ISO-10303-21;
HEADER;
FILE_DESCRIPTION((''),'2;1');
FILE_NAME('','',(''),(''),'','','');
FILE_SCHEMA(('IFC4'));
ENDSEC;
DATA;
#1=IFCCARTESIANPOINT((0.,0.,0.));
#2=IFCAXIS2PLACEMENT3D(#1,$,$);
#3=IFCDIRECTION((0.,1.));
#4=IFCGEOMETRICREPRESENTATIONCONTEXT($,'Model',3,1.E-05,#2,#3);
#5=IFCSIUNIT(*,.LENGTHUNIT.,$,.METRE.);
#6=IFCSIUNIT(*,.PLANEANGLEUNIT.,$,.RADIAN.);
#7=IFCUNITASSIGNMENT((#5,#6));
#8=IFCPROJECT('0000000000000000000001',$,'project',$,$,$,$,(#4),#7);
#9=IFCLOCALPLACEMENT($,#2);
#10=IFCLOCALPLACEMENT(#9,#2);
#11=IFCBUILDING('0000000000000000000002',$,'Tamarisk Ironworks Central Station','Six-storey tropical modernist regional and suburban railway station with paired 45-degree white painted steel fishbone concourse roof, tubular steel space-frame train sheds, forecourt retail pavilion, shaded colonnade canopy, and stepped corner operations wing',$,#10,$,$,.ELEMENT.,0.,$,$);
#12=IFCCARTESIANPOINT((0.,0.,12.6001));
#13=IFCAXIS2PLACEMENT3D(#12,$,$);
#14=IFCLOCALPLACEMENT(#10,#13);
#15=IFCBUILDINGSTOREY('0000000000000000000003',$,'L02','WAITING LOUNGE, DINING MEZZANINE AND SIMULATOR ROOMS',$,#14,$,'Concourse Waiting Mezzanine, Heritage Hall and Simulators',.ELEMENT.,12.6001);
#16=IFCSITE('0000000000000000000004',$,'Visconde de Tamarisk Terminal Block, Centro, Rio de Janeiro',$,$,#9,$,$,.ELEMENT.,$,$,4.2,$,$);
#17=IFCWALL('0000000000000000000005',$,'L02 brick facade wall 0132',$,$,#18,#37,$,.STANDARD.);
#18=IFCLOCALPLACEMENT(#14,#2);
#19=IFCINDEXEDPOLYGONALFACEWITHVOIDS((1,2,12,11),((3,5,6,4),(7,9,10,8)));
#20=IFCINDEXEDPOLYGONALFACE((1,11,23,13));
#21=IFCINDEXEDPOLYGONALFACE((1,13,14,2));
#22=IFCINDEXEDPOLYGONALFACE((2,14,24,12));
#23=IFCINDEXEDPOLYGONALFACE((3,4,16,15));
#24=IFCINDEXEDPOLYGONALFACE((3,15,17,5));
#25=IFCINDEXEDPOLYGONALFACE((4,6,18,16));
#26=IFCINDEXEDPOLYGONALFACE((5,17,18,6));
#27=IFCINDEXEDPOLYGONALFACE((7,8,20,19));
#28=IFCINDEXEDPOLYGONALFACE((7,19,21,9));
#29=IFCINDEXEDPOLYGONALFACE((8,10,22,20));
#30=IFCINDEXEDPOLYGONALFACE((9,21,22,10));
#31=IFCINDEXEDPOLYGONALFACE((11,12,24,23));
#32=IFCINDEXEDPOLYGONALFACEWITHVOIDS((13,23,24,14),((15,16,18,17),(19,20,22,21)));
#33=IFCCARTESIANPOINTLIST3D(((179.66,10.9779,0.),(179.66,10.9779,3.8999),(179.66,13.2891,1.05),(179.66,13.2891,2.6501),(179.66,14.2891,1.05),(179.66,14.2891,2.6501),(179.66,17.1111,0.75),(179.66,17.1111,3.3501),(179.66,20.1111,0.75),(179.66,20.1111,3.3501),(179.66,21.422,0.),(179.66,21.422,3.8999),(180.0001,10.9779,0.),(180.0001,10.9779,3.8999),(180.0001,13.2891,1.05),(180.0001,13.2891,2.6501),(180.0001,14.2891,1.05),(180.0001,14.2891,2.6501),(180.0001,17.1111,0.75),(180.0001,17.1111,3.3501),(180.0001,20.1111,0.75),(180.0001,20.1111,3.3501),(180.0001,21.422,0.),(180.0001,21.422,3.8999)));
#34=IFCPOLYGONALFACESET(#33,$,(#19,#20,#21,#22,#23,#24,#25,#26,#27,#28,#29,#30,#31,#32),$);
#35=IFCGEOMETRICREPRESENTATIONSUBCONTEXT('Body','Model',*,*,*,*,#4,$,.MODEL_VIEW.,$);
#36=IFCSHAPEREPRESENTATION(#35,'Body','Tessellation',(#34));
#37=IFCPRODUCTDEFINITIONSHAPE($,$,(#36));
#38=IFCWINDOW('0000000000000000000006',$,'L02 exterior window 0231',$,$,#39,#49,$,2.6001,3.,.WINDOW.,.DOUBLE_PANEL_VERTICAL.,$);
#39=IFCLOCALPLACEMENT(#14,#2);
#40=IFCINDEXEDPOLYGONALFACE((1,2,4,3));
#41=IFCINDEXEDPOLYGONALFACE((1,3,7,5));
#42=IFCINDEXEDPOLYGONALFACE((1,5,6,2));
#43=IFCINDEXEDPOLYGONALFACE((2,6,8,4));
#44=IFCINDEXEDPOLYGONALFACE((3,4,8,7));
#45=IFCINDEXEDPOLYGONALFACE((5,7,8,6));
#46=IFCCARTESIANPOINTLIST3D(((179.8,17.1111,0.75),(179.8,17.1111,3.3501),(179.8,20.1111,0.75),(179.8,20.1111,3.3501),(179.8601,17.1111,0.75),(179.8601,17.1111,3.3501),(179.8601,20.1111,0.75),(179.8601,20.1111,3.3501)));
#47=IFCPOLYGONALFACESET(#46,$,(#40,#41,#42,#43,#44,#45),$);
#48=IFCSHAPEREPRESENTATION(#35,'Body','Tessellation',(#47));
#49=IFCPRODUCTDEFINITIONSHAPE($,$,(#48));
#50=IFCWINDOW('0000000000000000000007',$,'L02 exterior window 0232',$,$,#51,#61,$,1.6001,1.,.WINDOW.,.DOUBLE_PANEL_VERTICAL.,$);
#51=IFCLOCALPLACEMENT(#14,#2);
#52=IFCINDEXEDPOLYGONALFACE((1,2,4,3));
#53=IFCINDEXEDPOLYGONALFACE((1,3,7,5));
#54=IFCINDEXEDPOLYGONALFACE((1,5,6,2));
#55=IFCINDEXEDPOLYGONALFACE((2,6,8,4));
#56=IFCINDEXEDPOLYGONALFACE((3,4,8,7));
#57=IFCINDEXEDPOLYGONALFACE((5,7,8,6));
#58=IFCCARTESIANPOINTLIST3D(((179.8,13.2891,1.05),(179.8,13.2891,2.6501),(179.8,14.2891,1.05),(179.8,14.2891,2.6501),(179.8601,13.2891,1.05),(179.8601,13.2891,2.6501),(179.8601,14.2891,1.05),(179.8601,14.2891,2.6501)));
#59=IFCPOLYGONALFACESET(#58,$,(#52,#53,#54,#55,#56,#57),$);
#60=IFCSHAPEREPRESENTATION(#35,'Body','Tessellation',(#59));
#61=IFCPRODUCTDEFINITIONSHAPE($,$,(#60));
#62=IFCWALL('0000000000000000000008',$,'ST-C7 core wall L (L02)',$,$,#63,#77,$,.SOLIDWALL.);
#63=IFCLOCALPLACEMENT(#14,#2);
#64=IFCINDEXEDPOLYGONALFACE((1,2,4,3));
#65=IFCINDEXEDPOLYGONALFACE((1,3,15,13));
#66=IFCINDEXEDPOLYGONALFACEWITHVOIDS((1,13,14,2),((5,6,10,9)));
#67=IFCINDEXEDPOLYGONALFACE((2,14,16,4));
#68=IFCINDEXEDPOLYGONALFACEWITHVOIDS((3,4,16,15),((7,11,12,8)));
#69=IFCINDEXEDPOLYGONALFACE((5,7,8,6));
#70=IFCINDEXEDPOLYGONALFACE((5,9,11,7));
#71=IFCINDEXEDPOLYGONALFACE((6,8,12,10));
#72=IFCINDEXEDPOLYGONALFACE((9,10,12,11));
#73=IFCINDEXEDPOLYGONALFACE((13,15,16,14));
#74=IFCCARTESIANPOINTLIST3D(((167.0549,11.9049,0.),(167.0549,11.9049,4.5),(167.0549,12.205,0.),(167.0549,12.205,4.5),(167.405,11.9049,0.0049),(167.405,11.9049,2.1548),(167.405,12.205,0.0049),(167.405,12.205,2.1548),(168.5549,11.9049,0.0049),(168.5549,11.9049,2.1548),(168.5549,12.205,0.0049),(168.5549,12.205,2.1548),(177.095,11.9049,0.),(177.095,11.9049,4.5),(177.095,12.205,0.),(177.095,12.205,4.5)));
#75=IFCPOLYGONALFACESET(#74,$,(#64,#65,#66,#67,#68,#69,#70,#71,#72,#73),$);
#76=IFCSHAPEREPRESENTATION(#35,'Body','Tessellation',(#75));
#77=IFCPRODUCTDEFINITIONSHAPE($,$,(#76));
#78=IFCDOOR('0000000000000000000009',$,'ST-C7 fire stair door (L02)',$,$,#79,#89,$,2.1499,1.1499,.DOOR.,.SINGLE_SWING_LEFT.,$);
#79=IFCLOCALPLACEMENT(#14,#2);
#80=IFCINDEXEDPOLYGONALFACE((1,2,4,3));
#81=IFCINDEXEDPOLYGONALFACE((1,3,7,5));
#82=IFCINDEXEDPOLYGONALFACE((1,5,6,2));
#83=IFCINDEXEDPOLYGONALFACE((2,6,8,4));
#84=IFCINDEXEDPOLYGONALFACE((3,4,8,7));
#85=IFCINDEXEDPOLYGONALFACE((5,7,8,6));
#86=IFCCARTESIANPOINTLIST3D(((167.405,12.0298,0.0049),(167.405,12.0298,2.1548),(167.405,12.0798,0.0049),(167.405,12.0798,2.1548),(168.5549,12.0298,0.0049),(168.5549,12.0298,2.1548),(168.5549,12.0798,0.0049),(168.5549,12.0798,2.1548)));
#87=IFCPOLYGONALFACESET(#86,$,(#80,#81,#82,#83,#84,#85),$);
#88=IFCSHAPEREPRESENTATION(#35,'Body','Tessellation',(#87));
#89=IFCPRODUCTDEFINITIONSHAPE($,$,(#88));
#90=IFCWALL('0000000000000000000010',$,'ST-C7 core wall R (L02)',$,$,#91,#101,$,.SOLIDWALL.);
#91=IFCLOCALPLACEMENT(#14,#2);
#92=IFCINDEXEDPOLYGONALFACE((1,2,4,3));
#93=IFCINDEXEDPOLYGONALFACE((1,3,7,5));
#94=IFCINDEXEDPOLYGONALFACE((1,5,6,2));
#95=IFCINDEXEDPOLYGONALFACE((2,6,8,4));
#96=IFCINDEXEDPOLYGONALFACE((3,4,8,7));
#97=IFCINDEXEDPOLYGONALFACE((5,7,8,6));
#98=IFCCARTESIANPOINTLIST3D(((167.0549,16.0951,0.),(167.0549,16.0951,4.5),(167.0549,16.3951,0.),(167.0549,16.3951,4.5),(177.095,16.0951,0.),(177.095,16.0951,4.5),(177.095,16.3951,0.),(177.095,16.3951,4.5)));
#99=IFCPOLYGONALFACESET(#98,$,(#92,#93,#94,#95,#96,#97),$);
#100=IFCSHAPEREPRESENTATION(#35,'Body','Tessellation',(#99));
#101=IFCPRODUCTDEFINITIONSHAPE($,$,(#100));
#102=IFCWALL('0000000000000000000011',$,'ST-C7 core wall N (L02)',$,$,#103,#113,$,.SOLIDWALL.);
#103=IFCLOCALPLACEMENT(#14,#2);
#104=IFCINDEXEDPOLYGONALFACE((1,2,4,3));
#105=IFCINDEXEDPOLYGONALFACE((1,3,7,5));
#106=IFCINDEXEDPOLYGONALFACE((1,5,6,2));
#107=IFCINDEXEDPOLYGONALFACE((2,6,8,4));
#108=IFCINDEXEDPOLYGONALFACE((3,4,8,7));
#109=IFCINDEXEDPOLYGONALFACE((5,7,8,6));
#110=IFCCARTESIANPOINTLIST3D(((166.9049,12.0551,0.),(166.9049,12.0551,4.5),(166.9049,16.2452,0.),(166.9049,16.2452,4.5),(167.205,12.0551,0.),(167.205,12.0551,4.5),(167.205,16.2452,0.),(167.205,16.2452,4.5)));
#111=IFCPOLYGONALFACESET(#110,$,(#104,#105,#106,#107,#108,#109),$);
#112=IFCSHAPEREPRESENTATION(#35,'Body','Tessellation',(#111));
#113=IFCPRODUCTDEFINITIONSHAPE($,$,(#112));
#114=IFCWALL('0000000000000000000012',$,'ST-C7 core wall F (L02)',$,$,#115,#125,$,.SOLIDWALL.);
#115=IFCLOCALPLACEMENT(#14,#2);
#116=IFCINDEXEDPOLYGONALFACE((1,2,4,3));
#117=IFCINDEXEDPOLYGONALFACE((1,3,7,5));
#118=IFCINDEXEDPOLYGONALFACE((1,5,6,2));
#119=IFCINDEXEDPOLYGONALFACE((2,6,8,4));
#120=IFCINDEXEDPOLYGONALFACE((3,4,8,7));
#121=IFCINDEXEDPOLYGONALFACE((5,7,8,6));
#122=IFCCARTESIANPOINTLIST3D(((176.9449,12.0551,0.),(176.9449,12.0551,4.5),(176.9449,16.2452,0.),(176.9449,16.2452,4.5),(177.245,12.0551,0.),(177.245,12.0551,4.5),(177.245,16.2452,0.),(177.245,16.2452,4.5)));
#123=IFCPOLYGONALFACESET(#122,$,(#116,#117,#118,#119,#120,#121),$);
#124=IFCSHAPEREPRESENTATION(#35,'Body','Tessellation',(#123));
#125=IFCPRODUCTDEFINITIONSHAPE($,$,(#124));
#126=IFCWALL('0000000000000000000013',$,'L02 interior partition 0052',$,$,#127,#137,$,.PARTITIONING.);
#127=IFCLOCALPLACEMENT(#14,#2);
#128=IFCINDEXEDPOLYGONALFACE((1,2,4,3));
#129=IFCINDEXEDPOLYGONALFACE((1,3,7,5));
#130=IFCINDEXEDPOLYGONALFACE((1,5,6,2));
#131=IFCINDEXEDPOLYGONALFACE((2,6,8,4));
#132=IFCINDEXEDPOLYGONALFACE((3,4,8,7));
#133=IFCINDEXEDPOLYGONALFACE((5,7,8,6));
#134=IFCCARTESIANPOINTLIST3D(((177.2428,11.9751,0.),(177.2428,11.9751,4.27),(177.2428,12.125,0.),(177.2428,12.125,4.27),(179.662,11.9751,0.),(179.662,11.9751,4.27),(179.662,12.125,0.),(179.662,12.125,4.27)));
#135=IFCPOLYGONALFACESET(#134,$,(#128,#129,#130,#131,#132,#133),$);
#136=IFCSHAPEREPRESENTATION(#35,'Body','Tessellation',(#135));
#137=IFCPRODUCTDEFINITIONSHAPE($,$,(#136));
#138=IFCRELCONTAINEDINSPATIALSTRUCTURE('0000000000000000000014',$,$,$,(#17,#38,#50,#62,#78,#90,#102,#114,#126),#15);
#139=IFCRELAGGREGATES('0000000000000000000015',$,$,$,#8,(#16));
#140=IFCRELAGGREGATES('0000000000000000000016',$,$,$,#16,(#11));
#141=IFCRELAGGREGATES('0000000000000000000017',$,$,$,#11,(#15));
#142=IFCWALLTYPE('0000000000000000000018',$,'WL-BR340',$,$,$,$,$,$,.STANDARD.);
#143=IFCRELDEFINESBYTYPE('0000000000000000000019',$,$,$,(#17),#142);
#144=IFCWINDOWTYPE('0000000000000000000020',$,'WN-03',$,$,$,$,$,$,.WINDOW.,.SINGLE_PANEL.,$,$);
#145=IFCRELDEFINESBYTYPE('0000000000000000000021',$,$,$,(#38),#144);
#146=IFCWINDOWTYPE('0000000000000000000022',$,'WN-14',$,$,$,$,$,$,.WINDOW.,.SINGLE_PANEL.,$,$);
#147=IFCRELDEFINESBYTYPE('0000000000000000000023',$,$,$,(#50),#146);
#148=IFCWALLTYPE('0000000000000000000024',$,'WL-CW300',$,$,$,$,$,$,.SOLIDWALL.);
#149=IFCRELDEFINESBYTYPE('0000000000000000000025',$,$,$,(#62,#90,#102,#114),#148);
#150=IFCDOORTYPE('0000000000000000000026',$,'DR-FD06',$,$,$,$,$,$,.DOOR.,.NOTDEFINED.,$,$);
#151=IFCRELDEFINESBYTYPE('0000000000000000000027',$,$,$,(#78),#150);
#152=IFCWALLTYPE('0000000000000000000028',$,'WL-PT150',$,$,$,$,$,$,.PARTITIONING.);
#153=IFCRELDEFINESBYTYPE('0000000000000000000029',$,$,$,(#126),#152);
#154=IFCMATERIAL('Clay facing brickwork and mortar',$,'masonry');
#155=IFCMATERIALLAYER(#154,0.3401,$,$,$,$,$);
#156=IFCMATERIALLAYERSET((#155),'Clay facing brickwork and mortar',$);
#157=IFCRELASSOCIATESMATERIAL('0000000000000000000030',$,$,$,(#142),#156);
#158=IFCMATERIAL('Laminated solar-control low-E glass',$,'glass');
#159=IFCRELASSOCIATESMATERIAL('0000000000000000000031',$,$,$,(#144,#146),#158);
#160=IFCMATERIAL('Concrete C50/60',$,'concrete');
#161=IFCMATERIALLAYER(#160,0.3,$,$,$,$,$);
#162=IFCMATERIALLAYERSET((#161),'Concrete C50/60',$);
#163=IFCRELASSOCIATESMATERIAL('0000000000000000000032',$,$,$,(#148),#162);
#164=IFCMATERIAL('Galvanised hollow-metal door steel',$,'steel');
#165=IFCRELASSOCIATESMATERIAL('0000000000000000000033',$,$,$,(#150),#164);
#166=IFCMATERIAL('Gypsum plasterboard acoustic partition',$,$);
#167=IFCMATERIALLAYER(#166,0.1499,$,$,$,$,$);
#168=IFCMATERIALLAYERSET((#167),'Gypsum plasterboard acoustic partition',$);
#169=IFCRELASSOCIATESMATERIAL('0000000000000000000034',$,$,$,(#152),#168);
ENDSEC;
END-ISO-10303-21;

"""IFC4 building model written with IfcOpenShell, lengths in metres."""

from ifc_helpers import new_model, si_unit, direction, frame, frame_2d, origin, place, context, subcontext, project, spatial, rectangle, extrude, material, layer, layer_set, type_object, element, fill, save


model = new_model("IFC4")

# Units and contexts
model_context = context("Model", 3, precision=1e-05, world=origin(), true_north=direction((0.0, 1.0)))
body_context = subcontext(model_context, "Body", "Model", "MODEL_VIEW")
ifc_project = project(units=[si_unit("LENGTHUNIT", "METRE"), si_unit("PLANEANGLEUNIT", "RADIAN")], contexts=[model_context])

# Site, building, storey
site_placement = place(None, origin())
site = spatial("IfcSite", under=ifc_project, at=site_placement, Name="Visconde de Tamarisk Terminal Block, Centro, Rio de Janeiro", CompositionType="ELEMENT", RefElevation=4.2)
building_placement = place(site_placement, origin())
building = spatial("IfcBuilding", under=site, at=building_placement, Name="Tamarisk Ironworks Central Station", Description="Six-storey tropical modernist regional and suburban railway station with paired 45-degree white painted steel fishbone concourse roof, tubular steel space-frame train sheds, forecourt retail pavilion, shaded colonnade canopy, and stepped corner operations wing", CompositionType="ELEMENT", ElevationOfRefHeight=0.0)
storey_placement = place(building_placement, frame((0.0, 0.0, 12.6001)))
storey = spatial("IfcBuildingStorey", under=building, at=storey_placement, Name="L02", Description="WAITING LOUNGE, DINING MEZZANINE AND SIMULATOR ROOMS", LongName="Concourse Waiting Mezzanine, Heritage Hall and Simulators", CompositionType="ELEMENT", Elevation=12.6001)

# Wall, openings, windows
ifc_material_1 = material(Name="Clay facing brickwork and mortar", Category="masonry")
ifc_material_2 = material(Name="Laminated solar-control low-E glass", Category="glass")
ifc_layer_1 = layer(ifc_material_1, 0.3401)
ifc_layer_set_1 = layer_set([ifc_layer_1], Name="Clay facing brickwork and mortar")
wall_type_1 = type_object("IfcWallType", Name="WL-BR340", PredefinedType="STANDARD", material=ifc_layer_set_1)
window_type_1 = type_object("IfcWindowType", Name="WN-03", PartitioningType="SINGLE_PANEL", PredefinedType="WINDOW", material=ifc_material_2)
window_type_2 = type_object("IfcWindowType", Name="WN-14", PartitioningType="SINGLE_PANEL", PredefinedType="WINDOW", material=ifc_material_2)
wall_1_placement = place(storey_placement, frame((179.8301, 21.4221, 0.0), z_axis=(0.0, 0.0, 1.0), x_axis=(0.0, -1.0, 0.0)))
wall_1 = element("IfcWall", 1, at=wall_1_placement, inside=storey, type_object=wall_type_1, Name="L02 brick facade wall 0132", PredefinedType="STANDARD", context=body_context, shape_type="SweptSolid", body=[
    extrude(rectangle(XDim=10.4441, YDim=0.3401, at=frame_2d((5.2222, 0.0))), origin(), (0.0, 0.0, 1.0), 3.8999),
])
opening_1_placement = place(wall_1_placement, frame((1.311, 0.0, 0.75)))
opening_1 = element("IfcOpeningElement", 2, at=opening_1_placement, cuts=wall_1, PredefinedType="OPENING", context=body_context, shape_type="SweptSolid", body=[
    extrude(rectangle(XDim=3.0, YDim=2.6001, at=frame_2d((1.5, 1.3))), frame((0.0, 0.1821, 0.0), z_axis=(0.0, -1.0, 0.0), x_axis=(1.0, 0.0, 0.0)), (0.0, 0.0, 1.0), 0.364),
])
opening_2_placement = place(wall_1_placement, frame((7.1331, 0.0, 1.05)))
opening_2 = element("IfcOpeningElement", 3, at=opening_2_placement, cuts=wall_1, PredefinedType="OPENING", context=body_context, shape_type="SweptSolid", body=[
    extrude(rectangle(XDim=1.0, YDim=1.6001, at=frame_2d((0.5, 0.8))), frame((0.0, 0.1821, 0.0), z_axis=(0.0, -1.0, 0.0), x_axis=(1.0, 0.0, 0.0)), (0.0, 0.0, 1.0), 0.364),
])
window_1_placement = place(opening_1_placement, origin())
window_1 = element("IfcWindow", 4, at=window_1_placement, inside=storey, type_object=window_type_1, Name="L02 exterior window 0231", OverallHeight=2.6001, OverallWidth=3.0, PartitioningType="DOUBLE_PANEL_VERTICAL", PredefinedType="WINDOW", context=body_context, shape_type="SweptSolid", body=[
    extrude(rectangle(XDim=3.0, YDim=2.6001, at=frame_2d((1.5, 1.3))), frame((0.0, 0.03, 0.0), z_axis=(0.0, -1.0, 0.0), x_axis=(1.0, 0.0, 0.0)), (0.0, 0.0, 1.0), 0.0601),
])
fill(opening_1, window_1)
window_2_placement = place(opening_2_placement, origin())
window_2 = element("IfcWindow", 5, at=window_2_placement, inside=storey, type_object=window_type_2, Name="L02 exterior window 0232", OverallHeight=1.6001, OverallWidth=1.0, PartitioningType="DOUBLE_PANEL_VERTICAL", PredefinedType="WINDOW", context=body_context, shape_type="SweptSolid", body=[
    extrude(rectangle(XDim=1.0, YDim=1.6001, at=frame_2d((0.5, 0.8))), frame((0.0, 0.03, 0.0), z_axis=(0.0, -1.0, 0.0), x_axis=(1.0, 0.0, 0.0)), (0.0, 0.0, 1.0), 0.0601),
])
fill(opening_2, window_2)

# Wall, opening, door
ifc_material_3 = material(Name="Concrete C50/60", Category="concrete")
ifc_layer_2 = layer(ifc_material_3, 0.3)
ifc_layer_set_2 = layer_set([ifc_layer_2], Name="Concrete C50/60")
wall_type_2 = type_object("IfcWallType", Name="WL-CW300", PredefinedType="SOLIDWALL", material=ifc_layer_set_2)
wall_2_placement = place(storey_placement, frame((167.0549, 12.0549, 0.0), z_axis=(0.0, 0.0, 1.0), x_axis=(1.0, 0.0, 0.0)))
wall_2 = element("IfcWall", 6, at=wall_2_placement, inside=storey, type_object=wall_type_2, Name="ST-C7 core wall L (L02)", PredefinedType="SOLIDWALL", context=body_context, shape_type="SweptSolid", body=[
    extrude(rectangle(XDim=10.04, YDim=0.3, at=frame_2d((5.02, 0.0))), origin(), (0.0, 0.0, 1.0), 4.5),
])
opening_3_placement = place(wall_2_placement, frame((0.3501, 0.0, 0.0049)))
opening_3 = element("IfcOpeningElement", 7, at=opening_3_placement, cuts=wall_2, PredefinedType="OPENING", context=body_context, shape_type="SweptSolid", body=[
    extrude(rectangle(XDim=1.1499, YDim=2.1499, at=frame_2d((0.575, 1.075))), frame((0.0, 0.1621, 0.0), z_axis=(0.0, -1.0, 0.0), x_axis=(1.0, 0.0, 0.0)), (0.0, 0.0, 1.0), 0.324),
])
ifc_material_4 = material(Name="Galvanised hollow-metal door steel", Category="steel")
door_type = type_object("IfcDoorType", Name="DR-FD06", OperationType="NOTDEFINED", PredefinedType="DOOR", material=ifc_material_4)
door_placement = place(opening_3_placement, origin())
door = element("IfcDoor", 8, at=door_placement, inside=storey, type_object=door_type, Name="ST-C7 fire stair door (L02)", OperationType="SINGLE_SWING_LEFT", OverallHeight=2.1499, OverallWidth=1.1499, PredefinedType="DOOR", context=body_context, shape_type="SweptSolid", body=[
    extrude(rectangle(XDim=1.1499, YDim=2.1499, at=frame_2d((0.575, 1.075))), frame((0.0, 0.0249, 0.0), z_axis=(0.0, -1.0, 0.0), x_axis=(1.0, 0.0, 0.0)), (0.0, 0.0, 1.0), 0.05),
])
fill(opening_3, door)

# Walls
wall_3_placement = place(storey_placement, frame((167.0549, 16.2451, 0.0), z_axis=(0.0, 0.0, 1.0), x_axis=(1.0, 0.0, 0.0)))
element("IfcWall", 9, at=wall_3_placement, inside=storey, type_object=wall_type_2, Name="ST-C7 core wall R (L02)", PredefinedType="SOLIDWALL", context=body_context, shape_type="SweptSolid", body=[
    extrude(rectangle(XDim=10.04, YDim=0.3, at=frame_2d((5.02, 0.0))), origin(), (0.0, 0.0, 1.0), 4.5),
])
for number, where, z_axis, x_axis, name in (
    (10, (167.0549, 12.0549, 0.0), (0.0, 0.0, 1.0), (0.0, 1.0, 0.0), "ST-C7 core wall N (L02)"),
    (11, (177.095, 12.0549, 0.0), (0.0, 0.0, 1.0), (0.0, 1.0, 0.0), "ST-C7 core wall F (L02)"),
):
    element("IfcWall", number, at=place(storey_placement, frame(where, z_axis=z_axis, x_axis=x_axis)), inside=storey, type_object=wall_type_2, Name=name, PredefinedType="SOLIDWALL", context=body_context, shape_type="SweptSolid", body=[
        extrude(rectangle(XDim=4.1902, YDim=0.3, at=frame_2d((2.0952, 0.0))), origin(), (0.0, 0.0, 1.0), 4.5),
    ])
ifc_material_5 = material(Name="Gypsum plasterboard acoustic partition")
ifc_layer_3 = layer(ifc_material_5, 0.1499)
ifc_layer_set_3 = layer_set([ifc_layer_3], Name="Gypsum plasterboard acoustic partition")
wall_type_3 = type_object("IfcWallType", Name="WL-PT150", PredefinedType="PARTITIONING", material=ifc_layer_set_3)
wall_4_placement = place(storey_placement, frame((177.2429, 12.05, 0.0), z_axis=(0.0, 0.0, 1.0), x_axis=(1.0, 0.0, 0.0)))
element("IfcWall", 12, at=wall_4_placement, inside=storey, type_object=wall_type_3, Name="L02 interior partition 0052", PredefinedType="PARTITIONING", context=body_context, shape_type="SweptSolid", body=[
    extrude(rectangle(XDim=2.4192, YDim=0.1499, at=frame_2d((1.2095, 0.0))), origin(), (0.0, 0.0, 1.0), 4.27),
])

save(model, "model.ifc")
